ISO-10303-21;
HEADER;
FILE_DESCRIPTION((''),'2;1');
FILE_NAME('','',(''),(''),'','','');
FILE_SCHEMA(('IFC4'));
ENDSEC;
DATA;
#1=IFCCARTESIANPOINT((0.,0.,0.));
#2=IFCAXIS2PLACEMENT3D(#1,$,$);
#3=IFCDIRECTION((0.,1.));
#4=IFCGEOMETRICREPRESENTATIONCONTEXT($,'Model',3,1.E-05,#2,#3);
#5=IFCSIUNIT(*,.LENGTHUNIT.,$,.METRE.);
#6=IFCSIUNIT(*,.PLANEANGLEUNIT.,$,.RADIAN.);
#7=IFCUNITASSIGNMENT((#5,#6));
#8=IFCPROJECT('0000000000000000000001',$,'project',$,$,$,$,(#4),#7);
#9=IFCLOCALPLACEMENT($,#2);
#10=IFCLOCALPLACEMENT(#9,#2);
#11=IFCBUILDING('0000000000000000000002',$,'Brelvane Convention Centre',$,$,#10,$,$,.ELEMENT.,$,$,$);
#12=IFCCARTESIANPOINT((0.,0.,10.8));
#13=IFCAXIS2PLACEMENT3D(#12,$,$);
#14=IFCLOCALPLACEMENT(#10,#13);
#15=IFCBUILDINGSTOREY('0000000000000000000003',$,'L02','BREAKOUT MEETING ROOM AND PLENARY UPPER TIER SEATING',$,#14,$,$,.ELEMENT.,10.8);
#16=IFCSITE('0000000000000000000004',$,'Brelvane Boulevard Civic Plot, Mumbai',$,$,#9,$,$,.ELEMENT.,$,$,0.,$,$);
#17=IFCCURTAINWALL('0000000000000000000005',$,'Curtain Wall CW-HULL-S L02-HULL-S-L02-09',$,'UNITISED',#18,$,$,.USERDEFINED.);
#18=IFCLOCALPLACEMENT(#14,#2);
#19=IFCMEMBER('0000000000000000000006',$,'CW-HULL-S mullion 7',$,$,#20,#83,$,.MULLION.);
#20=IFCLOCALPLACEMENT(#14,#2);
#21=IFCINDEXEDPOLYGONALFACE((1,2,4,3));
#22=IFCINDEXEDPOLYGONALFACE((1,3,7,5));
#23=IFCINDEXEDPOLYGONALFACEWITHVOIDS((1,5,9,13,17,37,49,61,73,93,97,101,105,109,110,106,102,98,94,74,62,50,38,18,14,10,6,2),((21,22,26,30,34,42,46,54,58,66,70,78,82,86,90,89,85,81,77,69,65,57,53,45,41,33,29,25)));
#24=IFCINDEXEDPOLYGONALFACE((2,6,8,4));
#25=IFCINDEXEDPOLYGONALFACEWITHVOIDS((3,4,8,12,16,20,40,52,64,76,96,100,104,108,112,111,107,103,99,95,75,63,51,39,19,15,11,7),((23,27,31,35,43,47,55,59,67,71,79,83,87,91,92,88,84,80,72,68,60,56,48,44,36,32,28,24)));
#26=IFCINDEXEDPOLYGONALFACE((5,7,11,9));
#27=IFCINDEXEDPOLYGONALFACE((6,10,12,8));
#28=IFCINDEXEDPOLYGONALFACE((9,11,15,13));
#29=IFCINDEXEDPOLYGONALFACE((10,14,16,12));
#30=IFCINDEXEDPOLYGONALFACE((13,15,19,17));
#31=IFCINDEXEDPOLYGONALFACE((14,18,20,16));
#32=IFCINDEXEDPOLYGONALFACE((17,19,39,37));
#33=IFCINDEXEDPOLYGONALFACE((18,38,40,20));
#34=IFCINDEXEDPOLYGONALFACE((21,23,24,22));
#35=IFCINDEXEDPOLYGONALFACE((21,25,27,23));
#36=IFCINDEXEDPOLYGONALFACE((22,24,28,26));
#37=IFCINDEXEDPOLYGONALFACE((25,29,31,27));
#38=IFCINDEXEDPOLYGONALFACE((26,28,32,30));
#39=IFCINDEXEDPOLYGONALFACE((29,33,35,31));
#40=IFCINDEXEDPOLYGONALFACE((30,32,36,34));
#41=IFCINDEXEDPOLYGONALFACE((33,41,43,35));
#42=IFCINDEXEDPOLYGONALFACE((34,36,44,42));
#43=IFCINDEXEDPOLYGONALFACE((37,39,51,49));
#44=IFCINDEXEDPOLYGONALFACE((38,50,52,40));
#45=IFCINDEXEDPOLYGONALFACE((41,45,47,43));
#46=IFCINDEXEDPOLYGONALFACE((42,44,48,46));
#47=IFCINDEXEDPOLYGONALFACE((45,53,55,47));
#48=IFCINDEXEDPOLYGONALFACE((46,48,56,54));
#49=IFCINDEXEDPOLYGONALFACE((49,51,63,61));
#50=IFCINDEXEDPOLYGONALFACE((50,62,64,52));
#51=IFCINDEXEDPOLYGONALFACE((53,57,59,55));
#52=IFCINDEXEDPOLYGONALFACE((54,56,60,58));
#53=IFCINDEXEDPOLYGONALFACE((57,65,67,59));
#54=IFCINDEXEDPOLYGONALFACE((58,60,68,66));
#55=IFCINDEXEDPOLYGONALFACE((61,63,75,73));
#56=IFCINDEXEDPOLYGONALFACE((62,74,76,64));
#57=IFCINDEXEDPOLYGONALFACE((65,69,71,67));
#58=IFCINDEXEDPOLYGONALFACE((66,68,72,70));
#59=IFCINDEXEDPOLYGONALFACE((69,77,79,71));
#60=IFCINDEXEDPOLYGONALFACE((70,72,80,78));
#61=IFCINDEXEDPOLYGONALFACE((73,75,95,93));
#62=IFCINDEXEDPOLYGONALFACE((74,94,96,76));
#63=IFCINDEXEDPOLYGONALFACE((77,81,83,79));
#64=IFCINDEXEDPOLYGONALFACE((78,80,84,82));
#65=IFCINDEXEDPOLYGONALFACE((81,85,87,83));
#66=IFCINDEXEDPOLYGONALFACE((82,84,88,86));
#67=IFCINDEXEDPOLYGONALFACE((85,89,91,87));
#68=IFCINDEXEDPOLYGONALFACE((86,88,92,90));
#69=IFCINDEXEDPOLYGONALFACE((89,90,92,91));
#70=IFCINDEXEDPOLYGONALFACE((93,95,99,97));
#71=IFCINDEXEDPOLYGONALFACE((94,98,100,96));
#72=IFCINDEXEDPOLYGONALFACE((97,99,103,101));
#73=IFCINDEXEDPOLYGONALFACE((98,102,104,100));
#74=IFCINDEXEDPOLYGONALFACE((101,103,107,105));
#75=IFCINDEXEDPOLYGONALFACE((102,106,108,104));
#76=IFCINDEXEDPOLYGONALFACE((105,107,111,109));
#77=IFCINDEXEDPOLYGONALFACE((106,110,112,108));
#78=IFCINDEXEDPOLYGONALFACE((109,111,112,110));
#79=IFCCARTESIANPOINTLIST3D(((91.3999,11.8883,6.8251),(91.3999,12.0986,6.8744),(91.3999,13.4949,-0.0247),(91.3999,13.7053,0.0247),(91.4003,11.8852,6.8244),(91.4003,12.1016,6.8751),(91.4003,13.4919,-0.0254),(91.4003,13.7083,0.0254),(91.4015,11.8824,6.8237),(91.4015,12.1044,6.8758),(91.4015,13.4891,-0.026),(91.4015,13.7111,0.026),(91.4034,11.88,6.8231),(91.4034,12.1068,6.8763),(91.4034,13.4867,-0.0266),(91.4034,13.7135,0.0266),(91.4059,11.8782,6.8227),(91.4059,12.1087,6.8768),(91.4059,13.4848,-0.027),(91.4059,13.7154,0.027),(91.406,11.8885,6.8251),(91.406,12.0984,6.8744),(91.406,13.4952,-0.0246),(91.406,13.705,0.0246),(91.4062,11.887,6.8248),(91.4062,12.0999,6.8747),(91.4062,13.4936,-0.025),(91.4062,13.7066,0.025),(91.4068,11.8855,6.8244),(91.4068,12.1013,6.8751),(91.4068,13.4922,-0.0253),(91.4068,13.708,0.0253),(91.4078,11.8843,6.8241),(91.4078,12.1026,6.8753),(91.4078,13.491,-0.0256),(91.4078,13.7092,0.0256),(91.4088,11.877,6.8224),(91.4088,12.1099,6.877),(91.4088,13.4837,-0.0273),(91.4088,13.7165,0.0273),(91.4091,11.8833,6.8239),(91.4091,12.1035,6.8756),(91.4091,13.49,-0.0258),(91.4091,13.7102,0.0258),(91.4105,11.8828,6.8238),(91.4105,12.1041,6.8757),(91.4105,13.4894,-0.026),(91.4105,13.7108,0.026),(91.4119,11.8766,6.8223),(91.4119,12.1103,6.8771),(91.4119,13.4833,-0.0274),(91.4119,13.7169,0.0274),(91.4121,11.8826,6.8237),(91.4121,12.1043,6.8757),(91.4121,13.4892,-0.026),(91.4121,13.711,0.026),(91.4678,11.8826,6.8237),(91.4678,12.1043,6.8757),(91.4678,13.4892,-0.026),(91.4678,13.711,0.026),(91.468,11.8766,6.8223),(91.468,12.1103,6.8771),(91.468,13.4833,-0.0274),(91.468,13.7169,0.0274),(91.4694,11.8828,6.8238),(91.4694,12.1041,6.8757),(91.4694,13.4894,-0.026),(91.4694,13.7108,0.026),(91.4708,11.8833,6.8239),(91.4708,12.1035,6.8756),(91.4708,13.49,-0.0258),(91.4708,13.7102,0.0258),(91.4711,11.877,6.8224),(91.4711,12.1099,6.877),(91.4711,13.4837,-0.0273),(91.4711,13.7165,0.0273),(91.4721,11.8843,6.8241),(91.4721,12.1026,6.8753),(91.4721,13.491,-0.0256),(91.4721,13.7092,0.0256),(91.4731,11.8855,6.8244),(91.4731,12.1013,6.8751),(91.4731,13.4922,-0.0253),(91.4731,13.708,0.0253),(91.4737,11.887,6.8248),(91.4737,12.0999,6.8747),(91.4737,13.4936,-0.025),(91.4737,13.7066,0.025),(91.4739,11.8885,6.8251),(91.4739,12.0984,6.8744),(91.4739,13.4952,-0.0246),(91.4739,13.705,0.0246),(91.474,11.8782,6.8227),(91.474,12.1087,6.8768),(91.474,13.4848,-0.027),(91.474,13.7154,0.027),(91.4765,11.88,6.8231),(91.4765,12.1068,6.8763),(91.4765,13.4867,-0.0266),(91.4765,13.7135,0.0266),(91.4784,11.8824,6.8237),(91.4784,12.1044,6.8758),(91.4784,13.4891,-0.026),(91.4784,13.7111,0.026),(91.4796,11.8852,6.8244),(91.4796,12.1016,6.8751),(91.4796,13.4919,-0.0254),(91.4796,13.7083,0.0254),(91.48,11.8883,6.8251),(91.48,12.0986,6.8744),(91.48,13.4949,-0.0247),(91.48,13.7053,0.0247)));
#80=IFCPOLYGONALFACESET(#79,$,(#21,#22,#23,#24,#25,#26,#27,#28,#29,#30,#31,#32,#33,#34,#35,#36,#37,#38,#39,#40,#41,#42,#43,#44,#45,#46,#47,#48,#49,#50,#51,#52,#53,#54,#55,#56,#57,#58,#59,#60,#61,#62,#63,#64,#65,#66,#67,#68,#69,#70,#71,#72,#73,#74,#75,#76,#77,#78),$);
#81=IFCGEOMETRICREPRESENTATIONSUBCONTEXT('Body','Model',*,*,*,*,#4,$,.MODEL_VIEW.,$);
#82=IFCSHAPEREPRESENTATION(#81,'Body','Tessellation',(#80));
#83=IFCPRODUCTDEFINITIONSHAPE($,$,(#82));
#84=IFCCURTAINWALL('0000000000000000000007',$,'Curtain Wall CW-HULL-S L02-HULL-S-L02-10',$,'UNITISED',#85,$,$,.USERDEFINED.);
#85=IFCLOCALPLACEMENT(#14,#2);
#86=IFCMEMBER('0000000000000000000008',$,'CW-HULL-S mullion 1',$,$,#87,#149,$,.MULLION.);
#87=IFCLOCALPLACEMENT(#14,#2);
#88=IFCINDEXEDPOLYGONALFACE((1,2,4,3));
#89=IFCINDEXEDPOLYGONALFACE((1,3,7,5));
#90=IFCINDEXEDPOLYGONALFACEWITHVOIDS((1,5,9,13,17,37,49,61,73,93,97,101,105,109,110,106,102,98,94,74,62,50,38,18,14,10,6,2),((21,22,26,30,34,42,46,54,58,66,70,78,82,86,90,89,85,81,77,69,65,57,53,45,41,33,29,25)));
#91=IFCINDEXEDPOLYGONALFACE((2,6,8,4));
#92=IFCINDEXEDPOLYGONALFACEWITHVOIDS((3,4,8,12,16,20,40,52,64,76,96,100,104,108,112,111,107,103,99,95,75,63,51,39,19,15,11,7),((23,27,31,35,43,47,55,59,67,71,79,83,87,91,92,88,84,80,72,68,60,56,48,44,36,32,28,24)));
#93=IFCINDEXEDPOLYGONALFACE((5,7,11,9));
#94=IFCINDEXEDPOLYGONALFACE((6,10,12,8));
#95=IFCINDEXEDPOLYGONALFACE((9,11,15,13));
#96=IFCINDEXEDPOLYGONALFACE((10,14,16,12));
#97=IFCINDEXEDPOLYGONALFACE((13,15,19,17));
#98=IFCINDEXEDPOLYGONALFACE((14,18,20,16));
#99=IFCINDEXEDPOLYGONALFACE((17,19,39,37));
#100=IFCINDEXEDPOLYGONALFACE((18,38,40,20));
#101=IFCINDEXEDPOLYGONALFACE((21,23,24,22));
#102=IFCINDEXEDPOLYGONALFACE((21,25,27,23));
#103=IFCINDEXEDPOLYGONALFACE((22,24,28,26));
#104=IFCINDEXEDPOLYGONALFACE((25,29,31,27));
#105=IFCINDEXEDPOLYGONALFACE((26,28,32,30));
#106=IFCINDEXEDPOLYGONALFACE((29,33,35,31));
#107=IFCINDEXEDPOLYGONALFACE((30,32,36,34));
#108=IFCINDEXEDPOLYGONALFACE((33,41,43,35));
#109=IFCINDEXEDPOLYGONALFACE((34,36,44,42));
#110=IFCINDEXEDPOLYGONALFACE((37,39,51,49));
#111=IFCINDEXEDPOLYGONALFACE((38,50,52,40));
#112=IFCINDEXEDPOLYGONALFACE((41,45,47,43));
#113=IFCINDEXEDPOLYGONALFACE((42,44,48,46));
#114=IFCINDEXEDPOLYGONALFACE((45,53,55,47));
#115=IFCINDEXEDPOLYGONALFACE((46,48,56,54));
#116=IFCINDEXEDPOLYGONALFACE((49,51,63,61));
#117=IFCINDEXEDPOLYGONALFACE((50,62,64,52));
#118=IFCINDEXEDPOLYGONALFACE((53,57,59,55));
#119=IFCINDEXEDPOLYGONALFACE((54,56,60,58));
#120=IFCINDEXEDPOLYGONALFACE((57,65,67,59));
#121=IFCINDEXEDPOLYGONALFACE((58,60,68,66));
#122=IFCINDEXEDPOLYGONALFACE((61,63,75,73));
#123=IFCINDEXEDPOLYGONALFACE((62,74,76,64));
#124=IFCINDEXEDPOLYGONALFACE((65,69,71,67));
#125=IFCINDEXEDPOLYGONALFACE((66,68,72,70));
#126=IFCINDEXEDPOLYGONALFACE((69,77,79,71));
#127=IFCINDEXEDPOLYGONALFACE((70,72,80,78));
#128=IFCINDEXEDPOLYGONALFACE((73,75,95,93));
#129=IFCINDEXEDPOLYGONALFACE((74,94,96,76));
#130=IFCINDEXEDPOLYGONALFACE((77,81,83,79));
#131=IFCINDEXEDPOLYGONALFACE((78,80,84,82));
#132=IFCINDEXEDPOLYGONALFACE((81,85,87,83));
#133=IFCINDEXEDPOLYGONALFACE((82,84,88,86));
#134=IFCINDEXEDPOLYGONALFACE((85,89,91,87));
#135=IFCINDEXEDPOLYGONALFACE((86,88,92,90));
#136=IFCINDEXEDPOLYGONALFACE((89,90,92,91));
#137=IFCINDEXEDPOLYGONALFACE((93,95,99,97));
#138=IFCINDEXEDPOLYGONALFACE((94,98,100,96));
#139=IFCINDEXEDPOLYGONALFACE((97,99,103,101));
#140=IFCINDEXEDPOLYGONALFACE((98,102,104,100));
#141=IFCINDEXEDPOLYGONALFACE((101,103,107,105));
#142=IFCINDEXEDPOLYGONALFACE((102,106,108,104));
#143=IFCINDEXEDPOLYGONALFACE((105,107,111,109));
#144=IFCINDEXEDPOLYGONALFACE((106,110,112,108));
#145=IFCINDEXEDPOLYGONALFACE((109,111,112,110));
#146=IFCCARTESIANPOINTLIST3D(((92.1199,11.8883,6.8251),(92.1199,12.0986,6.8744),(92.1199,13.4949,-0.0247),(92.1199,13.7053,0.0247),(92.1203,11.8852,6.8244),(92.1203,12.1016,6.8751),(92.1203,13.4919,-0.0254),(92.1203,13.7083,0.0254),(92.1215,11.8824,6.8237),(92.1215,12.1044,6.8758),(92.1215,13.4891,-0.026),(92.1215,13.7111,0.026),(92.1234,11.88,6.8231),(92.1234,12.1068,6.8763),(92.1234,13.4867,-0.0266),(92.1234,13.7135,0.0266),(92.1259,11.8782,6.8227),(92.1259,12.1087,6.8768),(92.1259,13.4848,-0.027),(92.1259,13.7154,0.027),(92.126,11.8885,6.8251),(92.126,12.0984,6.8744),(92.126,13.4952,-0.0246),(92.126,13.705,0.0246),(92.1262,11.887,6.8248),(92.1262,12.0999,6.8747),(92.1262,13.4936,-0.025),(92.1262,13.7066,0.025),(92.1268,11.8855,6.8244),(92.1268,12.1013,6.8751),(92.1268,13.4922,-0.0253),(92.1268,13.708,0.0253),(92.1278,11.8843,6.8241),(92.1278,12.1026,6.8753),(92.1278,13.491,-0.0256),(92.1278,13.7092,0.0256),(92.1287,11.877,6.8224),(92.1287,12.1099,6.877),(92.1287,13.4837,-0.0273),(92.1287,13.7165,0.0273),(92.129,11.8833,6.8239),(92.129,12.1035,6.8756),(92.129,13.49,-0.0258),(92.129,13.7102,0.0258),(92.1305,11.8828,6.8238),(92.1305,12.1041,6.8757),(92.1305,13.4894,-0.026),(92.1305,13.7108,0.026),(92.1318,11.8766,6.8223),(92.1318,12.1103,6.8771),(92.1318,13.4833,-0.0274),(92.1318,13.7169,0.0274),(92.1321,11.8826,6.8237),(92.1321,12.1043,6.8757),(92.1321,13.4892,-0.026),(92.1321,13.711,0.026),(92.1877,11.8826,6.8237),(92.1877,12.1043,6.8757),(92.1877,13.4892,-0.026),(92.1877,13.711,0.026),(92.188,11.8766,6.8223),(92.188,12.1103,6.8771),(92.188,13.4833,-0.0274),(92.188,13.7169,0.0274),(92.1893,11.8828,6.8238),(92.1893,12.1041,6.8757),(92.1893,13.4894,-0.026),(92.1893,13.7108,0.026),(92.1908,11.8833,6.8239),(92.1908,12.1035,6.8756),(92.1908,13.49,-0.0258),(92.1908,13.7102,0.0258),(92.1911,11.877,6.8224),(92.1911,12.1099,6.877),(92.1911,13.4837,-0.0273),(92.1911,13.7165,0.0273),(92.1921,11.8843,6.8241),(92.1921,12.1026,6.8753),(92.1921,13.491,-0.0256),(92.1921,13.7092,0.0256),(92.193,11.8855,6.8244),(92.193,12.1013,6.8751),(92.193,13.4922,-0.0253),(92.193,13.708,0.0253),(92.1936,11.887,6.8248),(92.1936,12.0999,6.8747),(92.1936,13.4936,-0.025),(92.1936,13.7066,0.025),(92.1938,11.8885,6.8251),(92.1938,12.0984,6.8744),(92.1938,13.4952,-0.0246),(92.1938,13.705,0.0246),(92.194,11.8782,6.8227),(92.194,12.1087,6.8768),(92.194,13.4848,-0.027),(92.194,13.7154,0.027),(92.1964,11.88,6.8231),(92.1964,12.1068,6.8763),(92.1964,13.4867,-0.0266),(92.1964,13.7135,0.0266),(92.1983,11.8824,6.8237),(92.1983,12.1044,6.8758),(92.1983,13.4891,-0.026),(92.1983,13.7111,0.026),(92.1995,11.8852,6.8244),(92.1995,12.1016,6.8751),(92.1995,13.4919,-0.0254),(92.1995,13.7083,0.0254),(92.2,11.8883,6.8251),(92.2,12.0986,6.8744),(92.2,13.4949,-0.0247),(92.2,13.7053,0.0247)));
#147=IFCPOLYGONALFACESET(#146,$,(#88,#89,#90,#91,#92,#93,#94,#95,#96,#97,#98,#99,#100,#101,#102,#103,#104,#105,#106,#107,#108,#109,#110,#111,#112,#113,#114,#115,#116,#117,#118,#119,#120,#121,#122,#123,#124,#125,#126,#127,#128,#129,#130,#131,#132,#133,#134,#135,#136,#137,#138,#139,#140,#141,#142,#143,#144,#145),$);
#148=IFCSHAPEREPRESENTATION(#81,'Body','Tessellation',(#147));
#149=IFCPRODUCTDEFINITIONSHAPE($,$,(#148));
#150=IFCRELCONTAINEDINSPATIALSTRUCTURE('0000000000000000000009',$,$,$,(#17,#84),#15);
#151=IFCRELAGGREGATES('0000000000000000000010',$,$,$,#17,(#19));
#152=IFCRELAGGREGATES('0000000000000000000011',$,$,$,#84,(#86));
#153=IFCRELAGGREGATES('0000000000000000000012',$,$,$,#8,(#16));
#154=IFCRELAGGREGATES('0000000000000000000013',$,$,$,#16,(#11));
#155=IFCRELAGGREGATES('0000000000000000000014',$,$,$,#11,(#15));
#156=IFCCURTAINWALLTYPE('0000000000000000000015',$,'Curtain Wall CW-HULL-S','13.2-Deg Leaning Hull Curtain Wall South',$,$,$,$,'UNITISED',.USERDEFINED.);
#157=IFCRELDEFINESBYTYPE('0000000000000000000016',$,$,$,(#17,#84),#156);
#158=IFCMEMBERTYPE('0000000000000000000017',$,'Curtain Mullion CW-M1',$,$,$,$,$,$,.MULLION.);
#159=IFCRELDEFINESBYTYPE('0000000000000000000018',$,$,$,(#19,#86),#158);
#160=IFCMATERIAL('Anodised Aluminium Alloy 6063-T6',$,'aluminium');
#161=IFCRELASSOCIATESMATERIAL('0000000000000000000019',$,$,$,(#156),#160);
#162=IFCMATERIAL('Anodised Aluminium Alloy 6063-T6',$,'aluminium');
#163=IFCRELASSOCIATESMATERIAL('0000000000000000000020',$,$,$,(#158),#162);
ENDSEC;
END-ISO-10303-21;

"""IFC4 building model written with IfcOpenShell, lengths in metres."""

from ifc_helpers import new_model, si_unit, direction, frame, origin, origin_2d, place, context, subcontext, project, spatial, hollow_rectangle, extrude, material, material_profile, profile_set, type_object, element, aggregate, save


model = new_model("IFC4")

# Units and contexts
model_context = context("Model", 3, precision=1e-05, world=origin(), true_north=direction((0.0, 1.0)))
body_context = subcontext(model_context, "Body", "Model", "MODEL_VIEW")
ifc_project = project(units=[si_unit("LENGTHUNIT", "METRE"), si_unit("PLANEANGLEUNIT", "RADIAN")], contexts=[model_context])

# Site, building, storey
site_placement = place(None, origin())
site = spatial("IfcSite", under=ifc_project, at=site_placement, Name="Brelvane Boulevard Civic Plot, Mumbai", CompositionType="ELEMENT", RefElevation=0.0)
building_placement = place(site_placement, origin())
building = spatial("IfcBuilding", under=site, at=building_placement, Name="Brelvane Convention Centre", CompositionType="ELEMENT")
storey_placement = place(building_placement, frame((0.0, 0.0, 10.8)))
storey = spatial("IfcBuildingStorey", under=building, at=storey_placement, Name="L02", Description="BREAKOUT MEETING ROOM AND PLENARY UPPER TIER SEATING", CompositionType="ELEMENT", Elevation=10.8)

# Curtain walls, members
ifc_material_1 = material(Name="Anodised Aluminium Alloy 6063-T6", Category="aluminium")
curtain_wall_type = type_object("IfcCurtainWallType", Name="Curtain Wall CW-HULL-S", Description="13.2-Deg Leaning Hull Curtain Wall South", ElementType="UNITISED", PredefinedType="USERDEFINED", material=ifc_material_1)
curtain_wall_1_placement = place(storey_placement, origin())
curtain_wall_1 = element("IfcCurtainWall", 1, at=curtain_wall_1_placement, inside=storey, type_object=curtain_wall_type, Name="Curtain Wall CW-HULL-S L02-HULL-S-L02-09", ObjectType="UNITISED", PredefinedType="USERDEFINED")
ifc_material_2 = material(Name="Anodised Aluminium Alloy 6063-T6", Category="aluminium")
ifc_material_profile_1 = material_profile(ifc_material_2, hollow_rectangle(XDim=0.0801, YDim=0.24, WallThickness=0.0061, InnerFilletRadius=0.0061, OuterFilletRadius=0.012, at=origin_2d()), Name="ALU-M 240x80x6.0")
ifc_profile_set_1 = profile_set([ifc_material_profile_1], Name="Anodised Aluminium Alloy 6063-T6")
member_type_1 = type_object("IfcMemberType", Name="Curtain Mullion CW-M1", PredefinedType="MULLION", material=ifc_profile_set_1)
member_1_placement = place(storey_placement, frame((91.4399, 13.6001, 0.0), z_axis=(0.0, -0.22836, 0.973577), x_axis=(1.0, 0.0, 0.0)))
member_1 = element("IfcMember", 2, at=member_1_placement, type_object=member_type_1, Name="CW-HULL-S mullion 7", PredefinedType="MULLION", context=body_context, shape_type="SweptSolid", body=[
    extrude(hollow_rectangle(XDim=0.0801, YDim=0.24, WallThickness=0.0061, InnerFilletRadius=0.0061, OuterFilletRadius=0.012, at=origin_2d()), origin(), (0.0, 0.0, 1.0), 7.0356),
])
curtain_wall_2_placement = place(storey_placement, origin())
curtain_wall_2 = element("IfcCurtainWall", 3, at=curtain_wall_2_placement, inside=storey, type_object=curtain_wall_type, Name="Curtain Wall CW-HULL-S L02-HULL-S-L02-10", ObjectType="UNITISED", PredefinedType="USERDEFINED")
member_2_placement = place(storey_placement, frame((92.1599, 13.6001, 0.0), z_axis=(0.0, -0.22836, 0.973577), x_axis=(1.0, 0.0, 0.0)))
member_2 = element("IfcMember", 4, at=member_2_placement, type_object=member_type_1, Name="CW-HULL-S mullion 1", PredefinedType="MULLION", context=body_context, shape_type="SweptSolid", body=[
    extrude(hollow_rectangle(XDim=0.0801, YDim=0.24, WallThickness=0.0061, InnerFilletRadius=0.0061, OuterFilletRadius=0.012, at=origin_2d()), origin(), (0.0, 0.0, 1.0), 7.0356),
])

aggregate(curtain_wall_1, [member_1])
aggregate(curtain_wall_2, [member_2])

save(model, "model.ifc")
